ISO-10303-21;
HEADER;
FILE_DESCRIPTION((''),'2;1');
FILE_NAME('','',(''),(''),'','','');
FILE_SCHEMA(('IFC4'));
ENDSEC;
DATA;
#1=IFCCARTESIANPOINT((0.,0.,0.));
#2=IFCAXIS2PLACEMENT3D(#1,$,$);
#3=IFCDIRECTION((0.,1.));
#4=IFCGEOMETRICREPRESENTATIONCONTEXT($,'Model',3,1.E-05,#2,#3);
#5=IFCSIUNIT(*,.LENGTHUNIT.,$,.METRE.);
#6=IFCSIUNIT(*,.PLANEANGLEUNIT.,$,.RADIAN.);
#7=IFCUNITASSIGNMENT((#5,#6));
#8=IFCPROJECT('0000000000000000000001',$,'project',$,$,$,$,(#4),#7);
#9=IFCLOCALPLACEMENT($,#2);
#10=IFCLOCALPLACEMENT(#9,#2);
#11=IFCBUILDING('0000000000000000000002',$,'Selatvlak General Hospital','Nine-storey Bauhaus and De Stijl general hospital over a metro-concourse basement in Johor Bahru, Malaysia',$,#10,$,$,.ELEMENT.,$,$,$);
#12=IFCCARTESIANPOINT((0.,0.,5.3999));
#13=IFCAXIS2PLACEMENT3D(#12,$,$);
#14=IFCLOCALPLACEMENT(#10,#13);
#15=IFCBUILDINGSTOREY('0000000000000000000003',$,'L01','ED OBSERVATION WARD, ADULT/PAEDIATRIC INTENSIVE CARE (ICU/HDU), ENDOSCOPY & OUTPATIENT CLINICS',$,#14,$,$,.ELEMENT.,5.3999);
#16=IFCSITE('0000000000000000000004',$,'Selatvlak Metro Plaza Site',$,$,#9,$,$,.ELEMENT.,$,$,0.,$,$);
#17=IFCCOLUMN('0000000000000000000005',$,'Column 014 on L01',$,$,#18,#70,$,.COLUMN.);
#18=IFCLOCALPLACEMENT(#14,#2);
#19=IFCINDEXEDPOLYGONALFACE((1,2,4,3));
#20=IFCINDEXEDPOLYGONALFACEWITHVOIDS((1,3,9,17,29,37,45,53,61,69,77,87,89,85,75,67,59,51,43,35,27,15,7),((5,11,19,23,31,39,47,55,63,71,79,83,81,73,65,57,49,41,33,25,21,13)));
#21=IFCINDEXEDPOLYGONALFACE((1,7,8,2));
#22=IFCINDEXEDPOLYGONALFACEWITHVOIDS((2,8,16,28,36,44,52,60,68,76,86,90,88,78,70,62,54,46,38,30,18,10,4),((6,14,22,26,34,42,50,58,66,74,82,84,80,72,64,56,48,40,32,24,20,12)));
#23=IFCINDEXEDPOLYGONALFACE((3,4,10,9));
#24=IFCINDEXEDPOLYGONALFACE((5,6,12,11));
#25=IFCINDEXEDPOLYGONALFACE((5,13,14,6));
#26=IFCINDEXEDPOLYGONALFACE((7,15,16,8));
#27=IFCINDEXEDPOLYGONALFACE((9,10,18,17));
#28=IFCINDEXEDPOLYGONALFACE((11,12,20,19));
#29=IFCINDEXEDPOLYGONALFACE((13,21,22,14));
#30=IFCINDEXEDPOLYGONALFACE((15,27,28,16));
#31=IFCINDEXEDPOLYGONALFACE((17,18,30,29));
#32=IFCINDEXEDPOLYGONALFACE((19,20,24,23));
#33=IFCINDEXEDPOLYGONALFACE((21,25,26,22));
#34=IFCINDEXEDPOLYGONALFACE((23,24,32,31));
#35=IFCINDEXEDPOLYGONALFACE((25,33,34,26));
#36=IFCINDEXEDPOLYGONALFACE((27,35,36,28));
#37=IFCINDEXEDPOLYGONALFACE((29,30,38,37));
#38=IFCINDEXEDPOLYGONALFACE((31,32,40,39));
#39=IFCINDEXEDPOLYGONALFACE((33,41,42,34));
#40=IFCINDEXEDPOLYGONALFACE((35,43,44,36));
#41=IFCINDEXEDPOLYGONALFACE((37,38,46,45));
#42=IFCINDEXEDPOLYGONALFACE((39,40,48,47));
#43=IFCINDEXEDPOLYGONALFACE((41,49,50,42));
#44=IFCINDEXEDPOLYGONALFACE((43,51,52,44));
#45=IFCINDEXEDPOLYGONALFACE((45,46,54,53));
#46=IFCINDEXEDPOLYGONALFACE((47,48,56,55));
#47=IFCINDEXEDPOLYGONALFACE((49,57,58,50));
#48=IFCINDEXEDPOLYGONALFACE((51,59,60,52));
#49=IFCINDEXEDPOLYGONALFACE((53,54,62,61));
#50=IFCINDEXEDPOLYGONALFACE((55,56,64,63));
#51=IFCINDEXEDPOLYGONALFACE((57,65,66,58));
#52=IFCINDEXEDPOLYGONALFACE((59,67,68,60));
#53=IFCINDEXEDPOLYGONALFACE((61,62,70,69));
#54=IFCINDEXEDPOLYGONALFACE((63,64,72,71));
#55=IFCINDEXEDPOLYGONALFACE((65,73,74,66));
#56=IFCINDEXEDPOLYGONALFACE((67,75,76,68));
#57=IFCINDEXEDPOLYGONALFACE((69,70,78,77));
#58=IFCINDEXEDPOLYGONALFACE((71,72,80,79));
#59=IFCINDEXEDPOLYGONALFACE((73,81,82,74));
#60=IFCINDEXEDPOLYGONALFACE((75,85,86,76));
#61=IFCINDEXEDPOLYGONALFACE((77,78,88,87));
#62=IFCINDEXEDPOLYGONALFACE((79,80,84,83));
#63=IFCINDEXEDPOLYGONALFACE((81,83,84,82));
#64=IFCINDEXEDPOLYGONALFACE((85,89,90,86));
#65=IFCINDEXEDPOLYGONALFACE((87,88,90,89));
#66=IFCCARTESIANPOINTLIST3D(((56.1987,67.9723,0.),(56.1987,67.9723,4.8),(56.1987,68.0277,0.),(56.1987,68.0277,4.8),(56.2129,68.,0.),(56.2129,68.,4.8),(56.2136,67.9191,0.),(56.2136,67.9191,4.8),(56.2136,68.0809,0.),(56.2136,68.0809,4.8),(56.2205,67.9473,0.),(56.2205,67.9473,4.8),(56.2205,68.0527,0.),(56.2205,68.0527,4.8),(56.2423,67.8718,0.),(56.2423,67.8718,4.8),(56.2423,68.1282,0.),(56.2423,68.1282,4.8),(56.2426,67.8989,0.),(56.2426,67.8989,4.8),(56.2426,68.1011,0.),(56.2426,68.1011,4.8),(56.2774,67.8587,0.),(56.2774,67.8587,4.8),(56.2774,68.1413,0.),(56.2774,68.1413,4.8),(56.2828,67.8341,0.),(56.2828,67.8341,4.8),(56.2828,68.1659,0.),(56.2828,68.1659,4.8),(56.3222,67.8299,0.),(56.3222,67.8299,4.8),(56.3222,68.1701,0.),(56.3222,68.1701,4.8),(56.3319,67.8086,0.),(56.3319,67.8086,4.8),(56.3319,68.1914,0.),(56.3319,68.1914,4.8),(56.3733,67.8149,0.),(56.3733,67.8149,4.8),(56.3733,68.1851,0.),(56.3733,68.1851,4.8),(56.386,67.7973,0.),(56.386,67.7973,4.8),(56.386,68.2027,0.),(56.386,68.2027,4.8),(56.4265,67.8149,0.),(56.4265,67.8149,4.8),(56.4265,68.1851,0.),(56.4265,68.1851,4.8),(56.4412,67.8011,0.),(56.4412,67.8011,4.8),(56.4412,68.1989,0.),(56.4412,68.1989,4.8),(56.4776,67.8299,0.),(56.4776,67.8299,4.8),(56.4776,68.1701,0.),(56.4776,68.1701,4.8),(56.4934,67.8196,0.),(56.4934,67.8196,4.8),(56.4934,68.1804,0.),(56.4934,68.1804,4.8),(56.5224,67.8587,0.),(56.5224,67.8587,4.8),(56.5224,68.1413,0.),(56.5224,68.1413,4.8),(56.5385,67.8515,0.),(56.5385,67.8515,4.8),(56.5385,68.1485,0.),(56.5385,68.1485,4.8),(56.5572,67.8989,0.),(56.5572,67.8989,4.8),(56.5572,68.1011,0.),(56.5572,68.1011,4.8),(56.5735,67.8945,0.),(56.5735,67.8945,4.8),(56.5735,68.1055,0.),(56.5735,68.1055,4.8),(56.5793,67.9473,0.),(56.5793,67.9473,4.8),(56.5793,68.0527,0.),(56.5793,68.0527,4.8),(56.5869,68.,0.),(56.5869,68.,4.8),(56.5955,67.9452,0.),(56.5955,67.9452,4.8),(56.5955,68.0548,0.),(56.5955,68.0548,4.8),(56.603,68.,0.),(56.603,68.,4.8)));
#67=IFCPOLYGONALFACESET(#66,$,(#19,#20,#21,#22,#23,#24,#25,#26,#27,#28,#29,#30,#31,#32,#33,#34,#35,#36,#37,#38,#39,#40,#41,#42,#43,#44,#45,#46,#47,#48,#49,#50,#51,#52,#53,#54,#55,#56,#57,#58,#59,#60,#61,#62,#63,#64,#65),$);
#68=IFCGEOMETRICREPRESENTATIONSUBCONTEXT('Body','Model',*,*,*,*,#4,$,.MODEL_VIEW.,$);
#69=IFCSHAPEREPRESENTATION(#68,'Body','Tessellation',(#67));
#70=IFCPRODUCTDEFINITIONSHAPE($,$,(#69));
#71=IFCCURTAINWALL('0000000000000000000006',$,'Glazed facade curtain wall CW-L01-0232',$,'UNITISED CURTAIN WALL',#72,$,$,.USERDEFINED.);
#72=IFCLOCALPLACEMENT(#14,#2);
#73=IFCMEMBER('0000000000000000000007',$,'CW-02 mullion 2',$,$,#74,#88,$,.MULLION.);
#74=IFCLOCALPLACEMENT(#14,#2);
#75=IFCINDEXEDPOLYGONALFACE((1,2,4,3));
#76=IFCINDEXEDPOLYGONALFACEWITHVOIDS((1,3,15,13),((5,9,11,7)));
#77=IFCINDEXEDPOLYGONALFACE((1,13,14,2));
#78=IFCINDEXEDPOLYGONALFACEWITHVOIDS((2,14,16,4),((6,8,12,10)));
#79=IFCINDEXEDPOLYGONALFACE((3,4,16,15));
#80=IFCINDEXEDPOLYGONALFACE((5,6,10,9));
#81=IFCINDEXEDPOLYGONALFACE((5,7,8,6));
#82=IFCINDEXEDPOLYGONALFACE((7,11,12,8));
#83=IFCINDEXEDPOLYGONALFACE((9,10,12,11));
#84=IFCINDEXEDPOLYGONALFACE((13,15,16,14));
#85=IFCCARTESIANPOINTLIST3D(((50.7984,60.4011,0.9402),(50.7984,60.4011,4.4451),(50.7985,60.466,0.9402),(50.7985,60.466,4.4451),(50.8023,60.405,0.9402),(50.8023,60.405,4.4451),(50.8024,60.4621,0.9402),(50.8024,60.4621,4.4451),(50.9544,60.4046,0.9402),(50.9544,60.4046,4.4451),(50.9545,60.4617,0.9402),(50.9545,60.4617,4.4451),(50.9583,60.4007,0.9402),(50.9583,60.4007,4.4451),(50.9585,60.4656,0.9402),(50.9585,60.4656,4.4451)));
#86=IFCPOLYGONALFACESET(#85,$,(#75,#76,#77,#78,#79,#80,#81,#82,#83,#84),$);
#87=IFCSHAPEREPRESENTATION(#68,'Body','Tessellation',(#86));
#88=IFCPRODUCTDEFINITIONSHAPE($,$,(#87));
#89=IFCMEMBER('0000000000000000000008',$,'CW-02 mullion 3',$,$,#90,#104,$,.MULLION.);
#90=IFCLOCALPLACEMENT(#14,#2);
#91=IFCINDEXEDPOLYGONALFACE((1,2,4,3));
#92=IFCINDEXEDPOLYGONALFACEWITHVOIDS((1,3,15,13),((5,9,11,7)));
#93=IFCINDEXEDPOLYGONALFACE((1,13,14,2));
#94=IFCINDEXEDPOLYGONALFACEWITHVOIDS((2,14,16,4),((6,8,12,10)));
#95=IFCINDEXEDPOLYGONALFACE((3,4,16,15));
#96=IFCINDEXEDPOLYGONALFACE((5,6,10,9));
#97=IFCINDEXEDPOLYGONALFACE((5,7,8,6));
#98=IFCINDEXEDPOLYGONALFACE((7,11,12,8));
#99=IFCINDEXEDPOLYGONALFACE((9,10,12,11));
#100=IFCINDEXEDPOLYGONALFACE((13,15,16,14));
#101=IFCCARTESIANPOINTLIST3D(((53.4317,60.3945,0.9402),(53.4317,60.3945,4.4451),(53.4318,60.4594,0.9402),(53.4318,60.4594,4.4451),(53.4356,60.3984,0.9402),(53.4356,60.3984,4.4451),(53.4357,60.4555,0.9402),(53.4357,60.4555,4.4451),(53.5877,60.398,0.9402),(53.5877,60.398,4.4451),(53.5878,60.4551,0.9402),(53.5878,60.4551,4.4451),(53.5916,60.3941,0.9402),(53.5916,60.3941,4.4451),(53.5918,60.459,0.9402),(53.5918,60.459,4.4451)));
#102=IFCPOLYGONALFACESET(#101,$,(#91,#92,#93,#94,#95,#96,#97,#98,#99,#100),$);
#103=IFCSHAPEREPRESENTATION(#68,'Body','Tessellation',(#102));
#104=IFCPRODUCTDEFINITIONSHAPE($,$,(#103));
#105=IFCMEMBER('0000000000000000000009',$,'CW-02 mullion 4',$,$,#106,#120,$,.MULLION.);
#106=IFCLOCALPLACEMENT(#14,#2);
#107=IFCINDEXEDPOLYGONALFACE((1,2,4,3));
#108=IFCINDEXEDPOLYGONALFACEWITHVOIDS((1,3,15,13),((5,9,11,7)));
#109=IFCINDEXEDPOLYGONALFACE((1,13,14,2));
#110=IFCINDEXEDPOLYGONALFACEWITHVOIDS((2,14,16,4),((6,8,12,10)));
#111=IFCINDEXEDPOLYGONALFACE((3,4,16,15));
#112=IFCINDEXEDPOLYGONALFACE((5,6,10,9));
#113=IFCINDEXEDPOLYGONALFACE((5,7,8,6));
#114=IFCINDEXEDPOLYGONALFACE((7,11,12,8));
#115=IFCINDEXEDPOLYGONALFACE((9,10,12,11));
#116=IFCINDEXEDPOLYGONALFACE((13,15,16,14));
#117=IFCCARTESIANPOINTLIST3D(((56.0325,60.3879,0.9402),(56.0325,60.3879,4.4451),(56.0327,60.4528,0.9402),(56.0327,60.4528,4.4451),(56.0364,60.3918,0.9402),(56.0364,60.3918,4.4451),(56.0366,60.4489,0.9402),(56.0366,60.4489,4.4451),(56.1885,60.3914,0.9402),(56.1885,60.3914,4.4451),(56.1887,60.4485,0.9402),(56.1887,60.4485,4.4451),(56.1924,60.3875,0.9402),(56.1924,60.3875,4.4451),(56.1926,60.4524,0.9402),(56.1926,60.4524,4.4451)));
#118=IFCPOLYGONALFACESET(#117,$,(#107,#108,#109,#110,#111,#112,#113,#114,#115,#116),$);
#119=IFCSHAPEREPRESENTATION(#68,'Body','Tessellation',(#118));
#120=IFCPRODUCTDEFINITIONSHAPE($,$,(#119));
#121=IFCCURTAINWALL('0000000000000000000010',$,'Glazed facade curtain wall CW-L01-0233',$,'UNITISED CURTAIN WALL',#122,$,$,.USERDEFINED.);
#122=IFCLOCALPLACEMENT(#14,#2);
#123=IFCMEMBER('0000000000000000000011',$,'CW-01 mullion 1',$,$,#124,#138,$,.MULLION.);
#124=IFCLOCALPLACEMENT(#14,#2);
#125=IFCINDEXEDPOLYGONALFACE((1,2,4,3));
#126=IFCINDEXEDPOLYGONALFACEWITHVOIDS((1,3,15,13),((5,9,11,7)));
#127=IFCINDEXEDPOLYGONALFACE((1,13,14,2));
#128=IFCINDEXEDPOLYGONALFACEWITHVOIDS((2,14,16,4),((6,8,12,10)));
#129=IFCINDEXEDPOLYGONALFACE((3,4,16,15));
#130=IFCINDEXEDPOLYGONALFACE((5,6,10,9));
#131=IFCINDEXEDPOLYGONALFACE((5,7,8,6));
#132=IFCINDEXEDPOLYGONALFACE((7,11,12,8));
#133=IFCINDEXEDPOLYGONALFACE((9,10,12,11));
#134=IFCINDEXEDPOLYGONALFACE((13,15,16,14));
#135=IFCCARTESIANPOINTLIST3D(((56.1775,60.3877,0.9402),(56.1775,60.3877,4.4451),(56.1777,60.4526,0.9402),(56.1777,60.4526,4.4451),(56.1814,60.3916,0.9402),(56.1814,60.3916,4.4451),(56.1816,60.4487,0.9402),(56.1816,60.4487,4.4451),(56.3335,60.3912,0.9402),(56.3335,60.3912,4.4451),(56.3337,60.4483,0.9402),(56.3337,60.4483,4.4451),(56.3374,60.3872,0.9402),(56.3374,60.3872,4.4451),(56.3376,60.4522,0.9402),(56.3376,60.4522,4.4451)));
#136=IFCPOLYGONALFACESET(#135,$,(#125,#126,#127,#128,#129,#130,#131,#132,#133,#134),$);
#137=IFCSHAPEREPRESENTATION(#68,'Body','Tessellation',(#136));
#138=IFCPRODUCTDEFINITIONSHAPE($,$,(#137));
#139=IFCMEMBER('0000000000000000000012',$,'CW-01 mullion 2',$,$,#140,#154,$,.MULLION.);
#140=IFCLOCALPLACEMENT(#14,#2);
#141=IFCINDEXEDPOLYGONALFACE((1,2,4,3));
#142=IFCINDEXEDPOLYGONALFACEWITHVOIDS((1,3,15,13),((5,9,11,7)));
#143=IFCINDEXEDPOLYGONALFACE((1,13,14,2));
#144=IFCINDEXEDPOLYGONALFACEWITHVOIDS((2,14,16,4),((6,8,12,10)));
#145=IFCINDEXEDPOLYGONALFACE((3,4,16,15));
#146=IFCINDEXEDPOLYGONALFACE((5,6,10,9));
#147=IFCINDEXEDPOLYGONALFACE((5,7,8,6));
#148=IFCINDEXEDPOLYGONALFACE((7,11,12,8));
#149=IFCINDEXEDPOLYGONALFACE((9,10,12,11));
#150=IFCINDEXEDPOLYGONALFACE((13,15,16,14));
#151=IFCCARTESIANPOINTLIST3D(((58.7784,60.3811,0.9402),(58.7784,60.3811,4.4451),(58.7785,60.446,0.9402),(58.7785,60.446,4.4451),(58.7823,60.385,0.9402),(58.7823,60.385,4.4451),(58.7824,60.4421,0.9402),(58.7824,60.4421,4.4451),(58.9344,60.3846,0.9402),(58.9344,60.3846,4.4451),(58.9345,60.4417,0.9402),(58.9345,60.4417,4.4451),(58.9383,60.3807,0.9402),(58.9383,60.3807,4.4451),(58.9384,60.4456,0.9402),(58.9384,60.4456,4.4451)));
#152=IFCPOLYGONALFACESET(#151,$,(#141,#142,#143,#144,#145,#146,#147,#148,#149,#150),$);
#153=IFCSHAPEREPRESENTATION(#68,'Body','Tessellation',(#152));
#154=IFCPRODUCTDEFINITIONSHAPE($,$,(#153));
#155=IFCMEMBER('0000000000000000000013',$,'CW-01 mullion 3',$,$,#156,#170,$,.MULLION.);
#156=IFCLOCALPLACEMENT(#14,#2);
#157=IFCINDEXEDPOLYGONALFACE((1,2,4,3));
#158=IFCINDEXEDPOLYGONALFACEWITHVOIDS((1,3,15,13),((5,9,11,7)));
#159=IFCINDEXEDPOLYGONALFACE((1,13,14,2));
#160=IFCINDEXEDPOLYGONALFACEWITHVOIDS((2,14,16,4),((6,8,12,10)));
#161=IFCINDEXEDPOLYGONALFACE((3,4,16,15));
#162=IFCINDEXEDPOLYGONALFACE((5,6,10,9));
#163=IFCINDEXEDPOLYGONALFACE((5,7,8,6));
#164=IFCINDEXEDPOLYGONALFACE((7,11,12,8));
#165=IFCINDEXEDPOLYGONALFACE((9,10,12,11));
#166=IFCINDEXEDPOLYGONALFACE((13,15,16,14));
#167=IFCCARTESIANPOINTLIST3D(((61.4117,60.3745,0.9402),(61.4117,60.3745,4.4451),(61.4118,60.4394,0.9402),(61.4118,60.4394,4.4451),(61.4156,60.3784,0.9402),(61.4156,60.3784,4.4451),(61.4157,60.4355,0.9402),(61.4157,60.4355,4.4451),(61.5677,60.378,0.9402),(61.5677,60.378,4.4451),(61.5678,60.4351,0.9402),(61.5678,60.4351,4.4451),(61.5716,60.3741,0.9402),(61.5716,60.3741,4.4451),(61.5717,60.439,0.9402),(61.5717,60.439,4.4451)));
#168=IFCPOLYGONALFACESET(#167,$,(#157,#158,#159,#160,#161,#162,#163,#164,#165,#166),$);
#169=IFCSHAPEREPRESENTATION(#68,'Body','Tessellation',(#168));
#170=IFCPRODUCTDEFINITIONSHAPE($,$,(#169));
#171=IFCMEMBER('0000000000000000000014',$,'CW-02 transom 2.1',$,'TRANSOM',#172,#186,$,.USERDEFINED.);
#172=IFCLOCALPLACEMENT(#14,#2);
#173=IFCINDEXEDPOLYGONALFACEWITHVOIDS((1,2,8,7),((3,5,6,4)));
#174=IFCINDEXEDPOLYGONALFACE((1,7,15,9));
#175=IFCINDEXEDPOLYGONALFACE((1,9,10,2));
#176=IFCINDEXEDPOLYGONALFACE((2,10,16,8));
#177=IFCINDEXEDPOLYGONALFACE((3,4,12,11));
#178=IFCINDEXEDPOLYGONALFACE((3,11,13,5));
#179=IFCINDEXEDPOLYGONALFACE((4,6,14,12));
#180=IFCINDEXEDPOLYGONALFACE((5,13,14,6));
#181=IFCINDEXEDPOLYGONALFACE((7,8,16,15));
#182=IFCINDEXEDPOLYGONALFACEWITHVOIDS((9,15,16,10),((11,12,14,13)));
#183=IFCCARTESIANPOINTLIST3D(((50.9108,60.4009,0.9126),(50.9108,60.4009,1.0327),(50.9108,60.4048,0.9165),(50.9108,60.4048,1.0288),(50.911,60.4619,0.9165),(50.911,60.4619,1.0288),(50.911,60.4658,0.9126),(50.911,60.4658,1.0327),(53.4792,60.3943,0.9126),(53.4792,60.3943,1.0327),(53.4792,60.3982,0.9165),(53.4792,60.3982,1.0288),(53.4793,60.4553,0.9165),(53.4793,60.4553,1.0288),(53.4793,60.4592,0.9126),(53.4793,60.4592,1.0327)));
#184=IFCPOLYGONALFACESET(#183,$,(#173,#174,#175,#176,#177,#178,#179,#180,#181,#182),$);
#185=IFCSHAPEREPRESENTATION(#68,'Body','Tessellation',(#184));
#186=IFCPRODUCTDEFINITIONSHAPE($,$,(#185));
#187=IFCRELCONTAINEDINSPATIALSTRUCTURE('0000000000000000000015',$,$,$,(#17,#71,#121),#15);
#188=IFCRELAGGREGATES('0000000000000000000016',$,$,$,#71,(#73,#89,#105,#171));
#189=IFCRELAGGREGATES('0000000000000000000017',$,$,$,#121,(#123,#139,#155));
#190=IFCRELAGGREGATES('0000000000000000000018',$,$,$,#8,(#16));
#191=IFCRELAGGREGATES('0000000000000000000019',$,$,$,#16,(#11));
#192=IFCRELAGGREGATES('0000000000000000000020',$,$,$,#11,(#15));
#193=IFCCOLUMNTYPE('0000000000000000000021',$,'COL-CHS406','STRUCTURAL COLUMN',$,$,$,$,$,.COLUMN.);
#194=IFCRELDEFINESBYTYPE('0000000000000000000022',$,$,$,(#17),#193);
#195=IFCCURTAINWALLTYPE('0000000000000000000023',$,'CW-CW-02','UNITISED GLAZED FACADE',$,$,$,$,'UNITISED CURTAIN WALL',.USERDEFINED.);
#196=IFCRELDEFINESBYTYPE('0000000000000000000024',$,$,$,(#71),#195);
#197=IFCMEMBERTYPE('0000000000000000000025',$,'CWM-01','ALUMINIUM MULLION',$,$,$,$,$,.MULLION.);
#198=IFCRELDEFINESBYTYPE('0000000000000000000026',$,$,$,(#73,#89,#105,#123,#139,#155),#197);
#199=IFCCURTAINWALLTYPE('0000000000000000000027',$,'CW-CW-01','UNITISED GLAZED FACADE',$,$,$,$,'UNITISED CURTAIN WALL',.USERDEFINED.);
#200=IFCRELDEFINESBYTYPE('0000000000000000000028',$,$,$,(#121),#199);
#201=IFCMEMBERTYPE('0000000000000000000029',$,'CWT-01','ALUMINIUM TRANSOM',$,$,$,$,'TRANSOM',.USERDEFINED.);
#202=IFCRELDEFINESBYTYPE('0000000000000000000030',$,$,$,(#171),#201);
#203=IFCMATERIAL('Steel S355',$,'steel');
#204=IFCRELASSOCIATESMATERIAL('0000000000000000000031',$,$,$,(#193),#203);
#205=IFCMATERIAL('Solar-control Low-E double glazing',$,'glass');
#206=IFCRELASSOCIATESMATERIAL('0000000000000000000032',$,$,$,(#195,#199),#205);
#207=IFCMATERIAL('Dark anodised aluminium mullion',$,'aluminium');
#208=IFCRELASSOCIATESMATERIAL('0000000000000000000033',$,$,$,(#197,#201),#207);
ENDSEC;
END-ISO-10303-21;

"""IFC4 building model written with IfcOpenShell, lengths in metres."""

from ifc_helpers import new_model, si_unit, direction, frame, origin, origin_2d, place, context, subcontext, project, spatial, hollow_rectangle, hollow_circle, extrude, material, material_profile, profile_set, type_object, element, aggregate, save


model = new_model("IFC4")

# Units and contexts
model_context = context("Model", 3, precision=1e-05, world=origin(), true_north=direction((0.0, 1.0)))
body_context = subcontext(model_context, "Body", "Model", "MODEL_VIEW")
ifc_project = project(units=[si_unit("LENGTHUNIT", "METRE"), si_unit("PLANEANGLEUNIT", "RADIAN")], contexts=[model_context])

# Site, building, storey
site_placement = place(None, origin())
site = spatial("IfcSite", under=ifc_project, at=site_placement, Name="Selatvlak Metro Plaza Site", CompositionType="ELEMENT", RefElevation=0.0)
building_placement = place(site_placement, origin())
building = spatial("IfcBuilding", under=site, at=building_placement, Name="Selatvlak General Hospital", Description="Nine-storey Bauhaus and De Stijl general hospital over a metro-concourse basement in Johor Bahru, Malaysia", CompositionType="ELEMENT")
storey_placement = place(building_placement, frame((0.0, 0.0, 5.3999)))
storey = spatial("IfcBuildingStorey", under=building, at=storey_placement, Name="L01", Description="ED OBSERVATION WARD, ADULT/PAEDIATRIC INTENSIVE CARE (ICU/HDU), ENDOSCOPY & OUTPATIENT CLINICS", CompositionType="ELEMENT", Elevation=5.3999)

# Column
ifc_material_1 = material(Name="Steel S355", Category="steel")
ifc_material_profile_1 = material_profile(ifc_material_1, hollow_circle(Radius=0.2031, WallThickness=0.0161, at=origin_2d()), Name="CHS 406.4x16")
ifc_profile_set_1 = profile_set([ifc_material_profile_1], Name="Steel S355")
column_type = type_object("IfcColumnType", Name="COL-CHS406", Description="STRUCTURAL COLUMN", PredefinedType="COLUMN", material=ifc_profile_set_1)
column_placement = place(storey_placement, frame((56.3999, 68.0, 0.0), z_axis=(0.0, 0.0, 1.0), x_axis=(1.0, 0.0, 0.0)))
element("IfcColumn", 1, at=column_placement, inside=storey, type_object=column_type, Name="Column 014 on L01", PredefinedType="COLUMN", context=body_context, shape_type="SweptSolid", body=[
    extrude(hollow_circle(Radius=0.2031, WallThickness=0.0161, at=origin_2d()), origin(), (0.0, 0.0, 1.0), 4.8),
])

# Curtain walls, members
ifc_material_2 = material(Name="Solar-control Low-E double glazing", Category="glass")
curtain_wall_type_1 = type_object("IfcCurtainWallType", Name="CW-CW-02", Description="UNITISED GLAZED FACADE", ElementType="UNITISED CURTAIN WALL", PredefinedType="USERDEFINED", material=ifc_material_2)
curtain_wall_1_placement = place(storey_placement, origin())
curtain_wall_1 = element("IfcCurtainWall", 2, at=curtain_wall_1_placement, inside=storey, type_object=curtain_wall_type_1, Name="Glazed facade curtain wall CW-L01-0232", ObjectType="UNITISED CURTAIN WALL", PredefinedType="USERDEFINED")
ifc_material_3 = material(Name="Dark anodised aluminium mullion", Category="aluminium")
ifc_material_profile_2 = material_profile(ifc_material_3, hollow_rectangle(XDim=0.0649, YDim=0.1599, WallThickness=0.0039, at=origin_2d()), Name="AL-MUL 65x160x4")
ifc_profile_set_2 = profile_set([ifc_material_profile_2], Name="Dark anodised aluminium mullion")
member_type_1 = type_object("IfcMemberType", Name="CWM-01", Description="ALUMINIUM MULLION", PredefinedType="MULLION", material=ifc_profile_set_2)
member_1_placement = place(storey_placement, frame((50.8784, 60.4333, 0.9402), z_axis=(0.0, 0.0, 1.0), x_axis=(0.002532, 0.999997, 0.0)))
member_1 = element("IfcMember", 3, at=member_1_placement, type_object=member_type_1, Name="CW-02 mullion 2", PredefinedType="MULLION", context=body_context, shape_type="SweptSolid", body=[
    extrude(hollow_rectangle(XDim=0.0649, YDim=0.1599, WallThickness=0.0039, at=origin_2d()), origin(), (0.0, 0.0, 1.0), 3.5049),
])
member_2_placement = place(storey_placement, frame((53.5117, 60.4268, 0.9402), z_axis=(0.0, 0.0, 1.0), x_axis=(0.002532, 0.999997, 0.0)))
member_2 = element("IfcMember", 4, at=member_2_placement, type_object=member_type_1, Name="CW-02 mullion 3", PredefinedType="MULLION", context=body_context, shape_type="SweptSolid", body=[
    extrude(hollow_rectangle(XDim=0.0649, YDim=0.1599, WallThickness=0.0039, at=origin_2d()), origin(), (0.0, 0.0, 1.0), 3.5049),
])
member_3_placement = place(storey_placement, frame((56.1125, 60.4202, 0.9402), z_axis=(0.0, 0.0, 1.0), x_axis=(0.002532, 0.999997, 0.0)))
member_3 = element("IfcMember", 5, at=member_3_placement, type_object=member_type_1, Name="CW-02 mullion 4", PredefinedType="MULLION", context=body_context, shape_type="SweptSolid", body=[
    extrude(hollow_rectangle(XDim=0.0649, YDim=0.1599, WallThickness=0.0039, at=origin_2d()), origin(), (0.0, 0.0, 1.0), 3.5049),
])
curtain_wall_type_2 = type_object("IfcCurtainWallType", Name="CW-CW-01", Description="UNITISED GLAZED FACADE", ElementType="UNITISED CURTAIN WALL", PredefinedType="USERDEFINED", material=ifc_material_2)
curtain_wall_2_placement = place(storey_placement, origin())
curtain_wall_2 = element("IfcCurtainWall", 6, at=curtain_wall_2_placement, inside=storey, type_object=curtain_wall_type_2, Name="Glazed facade curtain wall CW-L01-0233", ObjectType="UNITISED CURTAIN WALL", PredefinedType="USERDEFINED")
member_4_placement = place(storey_placement, frame((56.2576, 60.4199, 0.9402), z_axis=(0.0, 0.0, 1.0), x_axis=(0.002532, 0.999997, 0.0)))
member_4 = element("IfcMember", 7, at=member_4_placement, type_object=member_type_1, Name="CW-01 mullion 1", PredefinedType="MULLION", context=body_context, shape_type="SweptSolid", body=[
    extrude(hollow_rectangle(XDim=0.0649, YDim=0.1599, WallThickness=0.0039, at=origin_2d()), origin(), (0.0, 0.0, 1.0), 3.5049),
])
member_5_placement = place(storey_placement, frame((58.8584, 60.4133, 0.9402), z_axis=(0.0, 0.0, 1.0), x_axis=(0.002532, 0.999997, 0.0)))
member_5 = element("IfcMember", 8, at=member_5_placement, type_object=member_type_1, Name="CW-01 mullion 2", PredefinedType="MULLION", context=body_context, shape_type="SweptSolid", body=[
    extrude(hollow_rectangle(XDim=0.0649, YDim=0.1599, WallThickness=0.0039, at=origin_2d()), origin(), (0.0, 0.0, 1.0), 3.5049),
])
member_6_placement = place(storey_placement, frame((61.4917, 60.4067, 0.9402), z_axis=(0.0, 0.0, 1.0), x_axis=(0.002532, 0.999997, 0.0)))
member_6 = element("IfcMember", 9, at=member_6_placement, type_object=member_type_1, Name="CW-01 mullion 3", PredefinedType="MULLION", context=body_context, shape_type="SweptSolid", body=[
    extrude(hollow_rectangle(XDim=0.0649, YDim=0.1599, WallThickness=0.0039, at=origin_2d()), origin(), (0.0, 0.0, 1.0), 3.5049),
])

# Member
ifc_material_profile_3 = material_profile(ifc_material_3, hollow_rectangle(XDim=0.0649, YDim=0.1201, WallThickness=0.0039, at=origin_2d()), Name="AL-TRN 65x120x4")
ifc_profile_set_3 = profile_set([ifc_material_profile_3], Name="Dark anodised aluminium mullion")
member_type_2 = type_object("IfcMemberType", Name="CWT-01", Description="ALUMINIUM TRANSOM", ElementType="TRANSOM", PredefinedType="USERDEFINED", material=ifc_profile_set_3)
member_7_placement = place(storey_placement, frame((50.9109, 60.4333, 0.9727), z_axis=(0.999997, -0.002567, 0.0), x_axis=(0.002567, 0.999997, 0.0)))
member_7 = element("IfcMember", 10, at=member_7_placement, type_object=member_type_2, Name="CW-02 transom 2.1", ObjectType="TRANSOM", PredefinedType="USERDEFINED", context=body_context, shape_type="SweptSolid", body=[
    extrude(hollow_rectangle(XDim=0.0649, YDim=0.1201, WallThickness=0.0039, at=origin_2d()), origin(), (0.0, 0.0, 1.0), 2.5684),
])

aggregate(curtain_wall_1, [member_1, member_2, member_3, member_7])
aggregate(curtain_wall_2, [member_4, member_5, member_6])

save(model, "model.ifc")
